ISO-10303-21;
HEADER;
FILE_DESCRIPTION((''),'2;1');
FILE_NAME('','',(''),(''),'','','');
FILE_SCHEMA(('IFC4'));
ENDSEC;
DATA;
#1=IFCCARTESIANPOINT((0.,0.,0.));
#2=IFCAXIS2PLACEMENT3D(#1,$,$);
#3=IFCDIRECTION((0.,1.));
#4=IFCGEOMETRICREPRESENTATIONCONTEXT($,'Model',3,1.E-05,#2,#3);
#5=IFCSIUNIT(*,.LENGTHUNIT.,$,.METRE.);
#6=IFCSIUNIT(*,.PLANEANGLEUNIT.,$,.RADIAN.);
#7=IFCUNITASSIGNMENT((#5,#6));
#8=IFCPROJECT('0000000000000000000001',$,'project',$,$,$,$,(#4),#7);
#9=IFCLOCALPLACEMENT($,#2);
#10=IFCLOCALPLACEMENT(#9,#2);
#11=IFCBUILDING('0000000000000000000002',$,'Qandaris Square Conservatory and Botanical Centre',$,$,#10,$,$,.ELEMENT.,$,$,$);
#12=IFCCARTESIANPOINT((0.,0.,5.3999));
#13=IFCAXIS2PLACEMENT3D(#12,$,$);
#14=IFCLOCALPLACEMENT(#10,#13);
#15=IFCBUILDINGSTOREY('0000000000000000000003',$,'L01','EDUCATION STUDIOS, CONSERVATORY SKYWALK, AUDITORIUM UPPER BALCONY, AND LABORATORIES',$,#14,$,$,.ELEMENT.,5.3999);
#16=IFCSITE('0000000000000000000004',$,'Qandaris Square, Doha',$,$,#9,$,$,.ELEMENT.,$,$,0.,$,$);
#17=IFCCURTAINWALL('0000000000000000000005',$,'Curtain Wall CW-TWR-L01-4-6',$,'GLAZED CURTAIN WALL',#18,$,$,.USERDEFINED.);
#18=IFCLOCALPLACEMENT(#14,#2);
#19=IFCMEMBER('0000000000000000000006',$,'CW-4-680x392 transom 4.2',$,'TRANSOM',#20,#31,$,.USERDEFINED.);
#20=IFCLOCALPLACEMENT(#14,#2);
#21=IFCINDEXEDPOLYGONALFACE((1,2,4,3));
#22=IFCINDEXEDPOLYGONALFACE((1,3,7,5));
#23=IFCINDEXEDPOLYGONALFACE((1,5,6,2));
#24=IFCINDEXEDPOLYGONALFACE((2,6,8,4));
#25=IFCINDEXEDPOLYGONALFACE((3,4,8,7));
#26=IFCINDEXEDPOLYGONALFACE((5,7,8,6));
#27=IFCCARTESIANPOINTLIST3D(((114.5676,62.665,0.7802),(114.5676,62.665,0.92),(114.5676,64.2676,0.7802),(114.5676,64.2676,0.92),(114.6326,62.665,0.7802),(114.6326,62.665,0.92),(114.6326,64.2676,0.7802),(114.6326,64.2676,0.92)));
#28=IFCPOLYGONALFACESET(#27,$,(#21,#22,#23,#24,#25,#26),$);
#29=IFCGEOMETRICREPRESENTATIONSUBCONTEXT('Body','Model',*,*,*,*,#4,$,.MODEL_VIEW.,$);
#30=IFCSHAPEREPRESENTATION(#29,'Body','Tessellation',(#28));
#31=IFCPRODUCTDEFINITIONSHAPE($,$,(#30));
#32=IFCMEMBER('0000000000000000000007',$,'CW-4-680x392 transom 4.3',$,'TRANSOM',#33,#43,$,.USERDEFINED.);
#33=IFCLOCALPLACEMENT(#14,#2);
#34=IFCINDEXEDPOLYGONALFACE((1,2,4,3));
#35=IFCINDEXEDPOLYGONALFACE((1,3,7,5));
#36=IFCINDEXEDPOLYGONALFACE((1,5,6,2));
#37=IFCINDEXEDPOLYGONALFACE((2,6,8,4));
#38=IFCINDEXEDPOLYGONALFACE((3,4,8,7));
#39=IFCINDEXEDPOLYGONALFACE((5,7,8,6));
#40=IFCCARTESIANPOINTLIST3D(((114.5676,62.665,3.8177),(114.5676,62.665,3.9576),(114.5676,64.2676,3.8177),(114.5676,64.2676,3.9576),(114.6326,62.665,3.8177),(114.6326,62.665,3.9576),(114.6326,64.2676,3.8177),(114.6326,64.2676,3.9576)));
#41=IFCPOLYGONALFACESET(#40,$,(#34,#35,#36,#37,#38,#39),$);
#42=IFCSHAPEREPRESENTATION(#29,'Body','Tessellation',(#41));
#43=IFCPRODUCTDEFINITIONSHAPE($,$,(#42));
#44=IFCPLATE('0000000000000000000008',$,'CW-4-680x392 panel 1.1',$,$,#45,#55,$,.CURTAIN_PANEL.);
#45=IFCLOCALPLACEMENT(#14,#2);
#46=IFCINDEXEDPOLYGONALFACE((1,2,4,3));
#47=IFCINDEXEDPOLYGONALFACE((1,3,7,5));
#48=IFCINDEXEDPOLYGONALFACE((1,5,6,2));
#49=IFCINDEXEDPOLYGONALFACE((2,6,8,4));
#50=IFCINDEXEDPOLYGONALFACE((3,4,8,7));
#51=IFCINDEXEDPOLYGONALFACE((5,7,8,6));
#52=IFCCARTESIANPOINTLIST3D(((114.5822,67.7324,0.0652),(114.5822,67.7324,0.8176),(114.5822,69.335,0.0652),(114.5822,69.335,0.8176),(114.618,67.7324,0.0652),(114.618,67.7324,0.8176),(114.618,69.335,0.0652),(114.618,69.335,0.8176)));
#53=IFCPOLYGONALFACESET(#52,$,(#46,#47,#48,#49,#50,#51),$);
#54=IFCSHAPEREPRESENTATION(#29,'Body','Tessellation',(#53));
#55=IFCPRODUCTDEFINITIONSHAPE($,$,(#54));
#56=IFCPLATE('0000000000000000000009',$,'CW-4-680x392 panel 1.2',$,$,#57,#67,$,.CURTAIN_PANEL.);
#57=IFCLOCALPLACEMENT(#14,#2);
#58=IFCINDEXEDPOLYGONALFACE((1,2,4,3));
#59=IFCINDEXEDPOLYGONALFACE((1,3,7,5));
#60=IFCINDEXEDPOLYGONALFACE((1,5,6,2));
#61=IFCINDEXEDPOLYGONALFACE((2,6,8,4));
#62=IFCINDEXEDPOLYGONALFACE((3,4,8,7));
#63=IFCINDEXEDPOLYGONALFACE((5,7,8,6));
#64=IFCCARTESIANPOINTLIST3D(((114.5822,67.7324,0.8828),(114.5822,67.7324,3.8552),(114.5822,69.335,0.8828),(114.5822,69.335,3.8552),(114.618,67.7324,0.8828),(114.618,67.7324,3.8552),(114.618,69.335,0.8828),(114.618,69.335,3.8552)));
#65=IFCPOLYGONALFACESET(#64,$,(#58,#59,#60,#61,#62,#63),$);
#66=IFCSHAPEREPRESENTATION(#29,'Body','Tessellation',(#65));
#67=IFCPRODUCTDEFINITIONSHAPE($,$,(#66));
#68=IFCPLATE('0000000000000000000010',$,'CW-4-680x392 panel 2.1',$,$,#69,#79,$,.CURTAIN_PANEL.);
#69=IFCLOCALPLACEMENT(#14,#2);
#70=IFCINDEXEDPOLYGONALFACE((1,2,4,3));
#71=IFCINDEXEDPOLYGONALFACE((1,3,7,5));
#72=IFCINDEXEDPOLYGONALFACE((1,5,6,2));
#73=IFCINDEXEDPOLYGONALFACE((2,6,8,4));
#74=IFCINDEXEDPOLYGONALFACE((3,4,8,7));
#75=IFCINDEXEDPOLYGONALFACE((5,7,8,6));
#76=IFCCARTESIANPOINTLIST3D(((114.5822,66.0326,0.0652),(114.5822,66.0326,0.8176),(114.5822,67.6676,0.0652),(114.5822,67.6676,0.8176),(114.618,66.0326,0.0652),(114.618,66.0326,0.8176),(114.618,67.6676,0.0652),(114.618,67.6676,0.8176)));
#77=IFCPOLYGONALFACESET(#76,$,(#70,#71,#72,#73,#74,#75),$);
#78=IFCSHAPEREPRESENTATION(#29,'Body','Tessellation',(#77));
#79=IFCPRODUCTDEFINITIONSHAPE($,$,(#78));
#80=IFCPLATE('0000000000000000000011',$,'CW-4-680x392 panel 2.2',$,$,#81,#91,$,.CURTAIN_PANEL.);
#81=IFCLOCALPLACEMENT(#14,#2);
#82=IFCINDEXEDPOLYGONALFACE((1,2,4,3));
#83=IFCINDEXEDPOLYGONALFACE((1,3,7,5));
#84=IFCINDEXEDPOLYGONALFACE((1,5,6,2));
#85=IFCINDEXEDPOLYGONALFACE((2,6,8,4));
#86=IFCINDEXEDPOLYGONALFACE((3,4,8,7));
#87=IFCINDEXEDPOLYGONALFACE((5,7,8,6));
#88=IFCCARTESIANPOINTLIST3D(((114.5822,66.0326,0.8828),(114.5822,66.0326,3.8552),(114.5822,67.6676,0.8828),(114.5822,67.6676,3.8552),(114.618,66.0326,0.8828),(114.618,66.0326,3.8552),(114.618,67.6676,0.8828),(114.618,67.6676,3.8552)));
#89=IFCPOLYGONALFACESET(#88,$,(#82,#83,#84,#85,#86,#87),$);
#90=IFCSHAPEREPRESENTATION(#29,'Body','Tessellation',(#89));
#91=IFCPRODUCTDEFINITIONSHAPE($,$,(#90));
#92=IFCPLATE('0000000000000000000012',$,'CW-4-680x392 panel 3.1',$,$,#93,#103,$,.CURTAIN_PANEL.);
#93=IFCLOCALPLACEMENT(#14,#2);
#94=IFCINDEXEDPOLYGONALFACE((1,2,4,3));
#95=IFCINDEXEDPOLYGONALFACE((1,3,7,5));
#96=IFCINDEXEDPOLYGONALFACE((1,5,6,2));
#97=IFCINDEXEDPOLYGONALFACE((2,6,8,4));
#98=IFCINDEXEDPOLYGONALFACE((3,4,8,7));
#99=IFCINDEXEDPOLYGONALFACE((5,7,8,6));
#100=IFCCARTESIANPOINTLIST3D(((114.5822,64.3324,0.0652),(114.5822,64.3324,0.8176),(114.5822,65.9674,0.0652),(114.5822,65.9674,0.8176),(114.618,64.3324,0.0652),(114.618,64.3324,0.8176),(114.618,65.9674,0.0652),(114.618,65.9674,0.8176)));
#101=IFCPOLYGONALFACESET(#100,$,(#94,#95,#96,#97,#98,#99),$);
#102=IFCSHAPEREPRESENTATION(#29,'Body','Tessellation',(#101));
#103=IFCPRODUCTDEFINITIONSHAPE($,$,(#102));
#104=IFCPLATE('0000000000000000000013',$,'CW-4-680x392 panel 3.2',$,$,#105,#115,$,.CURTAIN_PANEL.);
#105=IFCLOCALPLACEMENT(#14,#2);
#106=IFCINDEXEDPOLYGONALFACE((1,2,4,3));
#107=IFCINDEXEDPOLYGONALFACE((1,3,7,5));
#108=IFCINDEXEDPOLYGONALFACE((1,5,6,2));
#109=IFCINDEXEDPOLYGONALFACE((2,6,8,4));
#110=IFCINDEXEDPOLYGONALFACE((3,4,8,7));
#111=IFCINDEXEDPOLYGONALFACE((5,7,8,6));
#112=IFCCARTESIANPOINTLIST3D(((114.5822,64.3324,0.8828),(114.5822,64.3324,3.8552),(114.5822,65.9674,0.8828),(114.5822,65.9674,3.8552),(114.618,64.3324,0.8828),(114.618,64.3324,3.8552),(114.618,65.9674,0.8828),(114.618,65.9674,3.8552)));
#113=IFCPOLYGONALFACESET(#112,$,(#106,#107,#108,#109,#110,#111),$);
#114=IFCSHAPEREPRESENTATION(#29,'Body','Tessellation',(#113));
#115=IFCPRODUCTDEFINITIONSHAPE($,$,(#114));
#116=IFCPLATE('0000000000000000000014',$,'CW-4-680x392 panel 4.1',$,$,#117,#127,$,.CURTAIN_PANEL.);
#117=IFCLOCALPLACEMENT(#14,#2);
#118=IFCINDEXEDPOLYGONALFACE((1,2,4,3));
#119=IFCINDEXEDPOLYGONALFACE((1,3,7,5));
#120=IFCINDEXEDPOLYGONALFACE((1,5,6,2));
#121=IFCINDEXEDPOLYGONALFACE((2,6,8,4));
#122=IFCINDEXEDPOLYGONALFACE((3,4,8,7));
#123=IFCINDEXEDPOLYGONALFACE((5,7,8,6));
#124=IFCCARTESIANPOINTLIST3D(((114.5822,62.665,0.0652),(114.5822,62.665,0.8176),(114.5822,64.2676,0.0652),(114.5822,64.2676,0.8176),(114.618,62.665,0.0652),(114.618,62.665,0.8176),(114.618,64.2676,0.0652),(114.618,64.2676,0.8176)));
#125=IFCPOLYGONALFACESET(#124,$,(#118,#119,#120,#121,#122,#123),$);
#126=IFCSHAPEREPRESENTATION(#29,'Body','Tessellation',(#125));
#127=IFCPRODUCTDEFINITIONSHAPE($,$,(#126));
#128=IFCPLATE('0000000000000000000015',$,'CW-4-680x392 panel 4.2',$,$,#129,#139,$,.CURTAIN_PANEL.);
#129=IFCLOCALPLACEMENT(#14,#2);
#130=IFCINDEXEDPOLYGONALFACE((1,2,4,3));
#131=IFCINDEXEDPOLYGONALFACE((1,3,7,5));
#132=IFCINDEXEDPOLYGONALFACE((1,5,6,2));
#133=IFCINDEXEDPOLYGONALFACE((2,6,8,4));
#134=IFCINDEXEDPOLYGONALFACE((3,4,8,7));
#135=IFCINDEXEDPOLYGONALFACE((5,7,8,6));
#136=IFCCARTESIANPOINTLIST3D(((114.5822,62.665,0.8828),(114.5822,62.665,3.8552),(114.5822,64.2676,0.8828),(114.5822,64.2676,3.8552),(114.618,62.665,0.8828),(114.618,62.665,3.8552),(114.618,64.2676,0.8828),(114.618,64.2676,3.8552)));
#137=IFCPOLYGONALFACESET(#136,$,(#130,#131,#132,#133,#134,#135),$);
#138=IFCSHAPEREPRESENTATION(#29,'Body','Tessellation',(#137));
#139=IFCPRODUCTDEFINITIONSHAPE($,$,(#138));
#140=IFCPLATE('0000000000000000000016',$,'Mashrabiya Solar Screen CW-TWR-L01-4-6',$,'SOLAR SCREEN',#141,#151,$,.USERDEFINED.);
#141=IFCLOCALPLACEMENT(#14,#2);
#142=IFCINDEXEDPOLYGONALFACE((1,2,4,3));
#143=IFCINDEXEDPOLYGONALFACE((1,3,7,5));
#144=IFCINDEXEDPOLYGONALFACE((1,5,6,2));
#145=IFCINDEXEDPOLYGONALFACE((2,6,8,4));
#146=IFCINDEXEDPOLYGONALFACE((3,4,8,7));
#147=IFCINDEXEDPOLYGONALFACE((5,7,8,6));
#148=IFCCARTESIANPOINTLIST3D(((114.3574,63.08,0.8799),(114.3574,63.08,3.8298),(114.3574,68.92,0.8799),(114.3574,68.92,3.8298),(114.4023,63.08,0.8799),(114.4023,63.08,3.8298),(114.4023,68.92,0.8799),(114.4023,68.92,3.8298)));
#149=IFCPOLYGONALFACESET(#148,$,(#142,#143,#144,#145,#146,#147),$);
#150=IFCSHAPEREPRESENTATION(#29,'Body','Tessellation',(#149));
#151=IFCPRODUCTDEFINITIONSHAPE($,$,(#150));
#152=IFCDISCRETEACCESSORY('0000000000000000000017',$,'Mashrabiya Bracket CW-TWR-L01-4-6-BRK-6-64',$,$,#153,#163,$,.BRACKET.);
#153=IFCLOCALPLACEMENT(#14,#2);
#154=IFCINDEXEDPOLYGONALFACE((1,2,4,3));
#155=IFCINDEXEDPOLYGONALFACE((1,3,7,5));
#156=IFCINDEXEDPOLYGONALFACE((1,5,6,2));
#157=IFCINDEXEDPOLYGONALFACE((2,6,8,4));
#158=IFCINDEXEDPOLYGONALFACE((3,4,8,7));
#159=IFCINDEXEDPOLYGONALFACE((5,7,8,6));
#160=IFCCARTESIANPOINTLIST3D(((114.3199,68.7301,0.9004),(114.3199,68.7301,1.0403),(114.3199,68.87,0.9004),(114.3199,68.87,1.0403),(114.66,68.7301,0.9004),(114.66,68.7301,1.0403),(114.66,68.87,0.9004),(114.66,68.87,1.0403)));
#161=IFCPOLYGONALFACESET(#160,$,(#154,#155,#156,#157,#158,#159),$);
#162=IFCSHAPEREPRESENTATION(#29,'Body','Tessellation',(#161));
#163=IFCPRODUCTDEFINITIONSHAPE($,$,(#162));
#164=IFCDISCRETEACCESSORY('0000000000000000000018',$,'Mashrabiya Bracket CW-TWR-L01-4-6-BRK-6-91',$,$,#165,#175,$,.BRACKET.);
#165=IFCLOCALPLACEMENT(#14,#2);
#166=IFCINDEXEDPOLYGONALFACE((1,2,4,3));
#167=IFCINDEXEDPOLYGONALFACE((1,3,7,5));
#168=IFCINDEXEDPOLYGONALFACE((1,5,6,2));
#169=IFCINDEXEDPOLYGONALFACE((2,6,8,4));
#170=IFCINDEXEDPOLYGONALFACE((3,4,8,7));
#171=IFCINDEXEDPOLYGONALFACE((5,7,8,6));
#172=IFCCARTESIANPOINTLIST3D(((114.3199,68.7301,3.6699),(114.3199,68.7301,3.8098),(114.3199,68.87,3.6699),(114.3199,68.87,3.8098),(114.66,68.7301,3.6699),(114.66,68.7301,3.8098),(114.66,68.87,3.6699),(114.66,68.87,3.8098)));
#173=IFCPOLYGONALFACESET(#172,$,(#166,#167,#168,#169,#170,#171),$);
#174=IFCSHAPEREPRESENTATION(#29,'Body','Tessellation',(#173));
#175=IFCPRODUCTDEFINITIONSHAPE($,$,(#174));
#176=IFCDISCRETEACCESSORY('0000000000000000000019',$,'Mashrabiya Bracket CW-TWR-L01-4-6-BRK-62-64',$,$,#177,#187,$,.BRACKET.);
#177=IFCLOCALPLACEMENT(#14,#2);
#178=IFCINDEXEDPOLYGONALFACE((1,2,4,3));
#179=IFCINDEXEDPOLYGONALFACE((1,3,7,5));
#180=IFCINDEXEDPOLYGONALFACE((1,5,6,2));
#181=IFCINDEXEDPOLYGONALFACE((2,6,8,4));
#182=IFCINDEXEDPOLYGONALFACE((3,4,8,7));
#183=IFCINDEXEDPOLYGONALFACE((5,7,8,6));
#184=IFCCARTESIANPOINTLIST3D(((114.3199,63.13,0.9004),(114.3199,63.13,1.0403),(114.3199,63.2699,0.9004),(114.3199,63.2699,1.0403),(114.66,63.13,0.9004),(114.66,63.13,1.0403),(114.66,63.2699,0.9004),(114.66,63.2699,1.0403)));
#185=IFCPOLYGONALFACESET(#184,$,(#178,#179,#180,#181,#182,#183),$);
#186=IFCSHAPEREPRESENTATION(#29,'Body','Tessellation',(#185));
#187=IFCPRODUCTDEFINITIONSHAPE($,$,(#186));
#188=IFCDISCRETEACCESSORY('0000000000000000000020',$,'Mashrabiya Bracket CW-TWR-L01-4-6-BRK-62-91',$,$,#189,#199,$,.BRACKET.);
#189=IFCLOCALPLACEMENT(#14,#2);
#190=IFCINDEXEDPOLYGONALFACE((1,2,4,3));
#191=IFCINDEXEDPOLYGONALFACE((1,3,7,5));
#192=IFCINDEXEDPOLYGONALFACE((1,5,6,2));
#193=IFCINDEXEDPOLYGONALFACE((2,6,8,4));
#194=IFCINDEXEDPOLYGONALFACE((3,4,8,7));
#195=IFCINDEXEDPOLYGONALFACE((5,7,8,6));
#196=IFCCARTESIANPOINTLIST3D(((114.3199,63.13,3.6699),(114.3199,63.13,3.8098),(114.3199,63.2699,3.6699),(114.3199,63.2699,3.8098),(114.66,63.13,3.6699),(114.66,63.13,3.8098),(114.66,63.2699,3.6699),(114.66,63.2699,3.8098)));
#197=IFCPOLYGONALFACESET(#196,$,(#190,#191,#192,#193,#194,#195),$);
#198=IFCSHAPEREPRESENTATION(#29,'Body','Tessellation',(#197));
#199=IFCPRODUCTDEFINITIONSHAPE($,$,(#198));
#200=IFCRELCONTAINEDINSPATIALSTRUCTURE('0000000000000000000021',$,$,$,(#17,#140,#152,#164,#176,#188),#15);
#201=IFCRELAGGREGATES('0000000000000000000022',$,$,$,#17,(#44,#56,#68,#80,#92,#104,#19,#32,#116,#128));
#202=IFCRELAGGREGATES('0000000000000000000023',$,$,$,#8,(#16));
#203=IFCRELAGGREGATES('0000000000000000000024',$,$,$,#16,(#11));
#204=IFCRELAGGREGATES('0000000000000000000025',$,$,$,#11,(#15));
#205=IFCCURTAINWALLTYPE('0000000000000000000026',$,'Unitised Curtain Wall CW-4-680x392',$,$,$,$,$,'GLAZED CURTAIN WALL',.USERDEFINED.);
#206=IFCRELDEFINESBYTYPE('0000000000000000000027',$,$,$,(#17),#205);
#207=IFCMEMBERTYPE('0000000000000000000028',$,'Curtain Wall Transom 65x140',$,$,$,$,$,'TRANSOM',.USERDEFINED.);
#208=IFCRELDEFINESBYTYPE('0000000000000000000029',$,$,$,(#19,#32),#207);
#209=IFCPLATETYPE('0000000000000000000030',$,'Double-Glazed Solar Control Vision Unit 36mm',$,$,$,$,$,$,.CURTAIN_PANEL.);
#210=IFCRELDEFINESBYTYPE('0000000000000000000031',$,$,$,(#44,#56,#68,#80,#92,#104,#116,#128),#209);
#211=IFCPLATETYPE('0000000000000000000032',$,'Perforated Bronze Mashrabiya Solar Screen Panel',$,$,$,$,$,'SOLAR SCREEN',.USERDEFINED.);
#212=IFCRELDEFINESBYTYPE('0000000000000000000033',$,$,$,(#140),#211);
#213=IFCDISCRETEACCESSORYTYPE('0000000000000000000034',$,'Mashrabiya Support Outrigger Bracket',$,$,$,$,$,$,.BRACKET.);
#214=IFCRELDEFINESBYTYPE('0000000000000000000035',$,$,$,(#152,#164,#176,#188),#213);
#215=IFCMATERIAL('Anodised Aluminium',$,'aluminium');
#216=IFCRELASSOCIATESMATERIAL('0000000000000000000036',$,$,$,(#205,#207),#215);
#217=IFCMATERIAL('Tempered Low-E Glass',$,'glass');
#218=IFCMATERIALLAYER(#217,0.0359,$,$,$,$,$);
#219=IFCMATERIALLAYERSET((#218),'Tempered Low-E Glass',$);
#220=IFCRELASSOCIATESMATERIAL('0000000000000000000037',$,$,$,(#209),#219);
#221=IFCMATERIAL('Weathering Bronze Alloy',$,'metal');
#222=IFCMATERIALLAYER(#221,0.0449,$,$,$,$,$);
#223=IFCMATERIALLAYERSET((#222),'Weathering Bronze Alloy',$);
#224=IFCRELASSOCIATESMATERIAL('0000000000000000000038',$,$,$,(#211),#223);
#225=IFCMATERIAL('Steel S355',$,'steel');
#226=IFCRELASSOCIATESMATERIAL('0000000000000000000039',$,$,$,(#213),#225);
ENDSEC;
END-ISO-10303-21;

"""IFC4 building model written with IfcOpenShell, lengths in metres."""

from ifc_helpers import new_model, si_unit, direction, frame, origin, origin_2d, place, context, subcontext, project, spatial, rectangle, extrude, material, layer, layer_set, material_profile, profile_set, type_object, element, aggregate, save


model = new_model("IFC4")

# Units and contexts
model_context = context("Model", 3, precision=1e-05, world=origin(), true_north=direction((0.0, 1.0)))
body_context = subcontext(model_context, "Body", "Model", "MODEL_VIEW")
ifc_project = project(units=[si_unit("LENGTHUNIT", "METRE"), si_unit("PLANEANGLEUNIT", "RADIAN")], contexts=[model_context])

# Site, building, storey
site_placement = place(None, origin())
site = spatial("IfcSite", under=ifc_project, at=site_placement, Name="Qandaris Square, Doha", CompositionType="ELEMENT", RefElevation=0.0)
building_placement = place(site_placement, origin())
building = spatial("IfcBuilding", under=site, at=building_placement, Name="Qandaris Square Conservatory and Botanical Centre", CompositionType="ELEMENT")
storey_placement = place(building_placement, frame((0.0, 0.0, 5.3999)))
storey = spatial("IfcBuildingStorey", under=building, at=storey_placement, Name="L01", Description="EDUCATION STUDIOS, CONSERVATORY SKYWALK, AUDITORIUM UPPER BALCONY, AND LABORATORIES", CompositionType="ELEMENT", Elevation=5.3999)

# Curtain wall, members, plates
ifc_material_1 = material(Name="Anodised Aluminium", Category="aluminium")
curtain_wall_type = type_object("IfcCurtainWallType", Name="Unitised Curtain Wall CW-4-680x392", ElementType="GLAZED CURTAIN WALL", PredefinedType="USERDEFINED", material=ifc_material_1)
curtain_wall_placement = place(storey_placement, origin())
curtain_wall = element("IfcCurtainWall", 1, at=curtain_wall_placement, inside=storey, type_object=curtain_wall_type, Name="Curtain Wall CW-TWR-L01-4-6", ObjectType="GLAZED CURTAIN WALL", PredefinedType="USERDEFINED")
ifc_material_profile_1 = material_profile(ifc_material_1, rectangle(XDim=0.0649, YDim=0.1399, at=origin_2d()), Name="ALU-TRN 65x140")
ifc_profile_set_1 = profile_set([ifc_material_profile_1], Name="Anodised Aluminium")
member_type_1 = type_object("IfcMemberType", Name="Curtain Wall Transom 65x140", ElementType="TRANSOM", PredefinedType="USERDEFINED", material=ifc_profile_set_1)
member_1_placement = place(storey_placement, frame((114.6001, 64.2676, 0.8501), z_axis=(0.0, -1.0, 0.0), x_axis=(1.0, 0.0, 0.0)))
member_1 = element("IfcMember", 2, at=member_1_placement, type_object=member_type_1, Name="CW-4-680x392 transom 4.2", ObjectType="TRANSOM", PredefinedType="USERDEFINED", context=body_context, shape_type="SweptSolid", body=[
    extrude(rectangle(XDim=0.0649, YDim=0.1399, at=origin_2d()), origin(), (0.0, 0.0, 1.0), 1.6025),
])
member_2_placement = place(storey_placement, frame((114.6001, 64.2676, 3.8877), z_axis=(0.0, -1.0, 0.0), x_axis=(1.0, 0.0, 0.0)))
member_2 = element("IfcMember", 3, at=member_2_placement, type_object=member_type_1, Name="CW-4-680x392 transom 4.3", ObjectType="TRANSOM", PredefinedType="USERDEFINED", context=body_context, shape_type="SweptSolid", body=[
    extrude(rectangle(XDim=0.0649, YDim=0.1399, at=origin_2d()), origin(), (0.0, 0.0, 1.0), 1.6025),
])
ifc_material_2 = material(Name="Tempered Low-E Glass", Category="glass")
ifc_layer_1 = layer(ifc_material_2, 0.0359)
ifc_layer_set_1 = layer_set([ifc_layer_1], Name="Tempered Low-E Glass")
plate_type_1 = type_object("IfcPlateType", Name="Double-Glazed Solar Control Vision Unit 36mm", PredefinedType="CURTAIN_PANEL", material=ifc_layer_set_1)
plate_1_placement = place(storey_placement, frame((114.6001, 68.5337, 0.0652), z_axis=(0.0, 0.0, 1.0), x_axis=(0.0, -1.0, 0.0)))
plate_1 = element("IfcPlate", 4, at=plate_1_placement, type_object=plate_type_1, Name="CW-4-680x392 panel 1.1", PredefinedType="CURTAIN_PANEL", context=body_context, shape_type="SweptSolid", body=[
    extrude(rectangle(XDim=1.6025, YDim=0.0359, at=origin_2d()), origin(), (0.0, 0.0, 1.0), 0.7524),
])
plate_2_placement = place(storey_placement, frame((114.6001, 68.5337, 0.8828), z_axis=(0.0, 0.0, 1.0), x_axis=(0.0, -1.0, 0.0)))
plate_2 = element("IfcPlate", 5, at=plate_2_placement, type_object=plate_type_1, Name="CW-4-680x392 panel 1.2", PredefinedType="CURTAIN_PANEL", context=body_context, shape_type="SweptSolid", body=[
    extrude(rectangle(XDim=1.6025, YDim=0.0359, at=origin_2d()), origin(), (0.0, 0.0, 1.0), 2.9724),
])
plate_3_placement = place(storey_placement, frame((114.6001, 66.8501, 0.0652), z_axis=(0.0, 0.0, 1.0), x_axis=(0.0, -1.0, 0.0)))
plate_3 = element("IfcPlate", 6, at=plate_3_placement, type_object=plate_type_1, Name="CW-4-680x392 panel 2.1", PredefinedType="CURTAIN_PANEL", context=body_context, shape_type="SweptSolid", body=[
    extrude(rectangle(XDim=1.635, YDim=0.0359, at=origin_2d()), origin(), (0.0, 0.0, 1.0), 0.7524),
])
plate_4_placement = place(storey_placement, frame((114.6001, 66.8501, 0.8828), z_axis=(0.0, 0.0, 1.0), x_axis=(0.0, -1.0, 0.0)))
plate_4 = element("IfcPlate", 7, at=plate_4_placement, type_object=plate_type_1, Name="CW-4-680x392 panel 2.2", PredefinedType="CURTAIN_PANEL", context=body_context, shape_type="SweptSolid", body=[
    extrude(rectangle(XDim=1.635, YDim=0.0359, at=origin_2d()), origin(), (0.0, 0.0, 1.0), 2.9724),
])
plate_5_placement = place(storey_placement, frame((114.6001, 65.1499, 0.0652), z_axis=(0.0, 0.0, 1.0), x_axis=(0.0, -1.0, 0.0)))
plate_5 = element("IfcPlate", 8, at=plate_5_placement, type_object=plate_type_1, Name="CW-4-680x392 panel 3.1", PredefinedType="CURTAIN_PANEL", context=body_context, shape_type="SweptSolid", body=[
    extrude(rectangle(XDim=1.635, YDim=0.0359, at=origin_2d()), origin(), (0.0, 0.0, 1.0), 0.7524),
])
plate_6_placement = place(storey_placement, frame((114.6001, 65.1499, 0.8828), z_axis=(0.0, 0.0, 1.0), x_axis=(0.0, -1.0, 0.0)))
plate_6 = element("IfcPlate", 9, at=plate_6_placement, type_object=plate_type_1, Name="CW-4-680x392 panel 3.2", PredefinedType="CURTAIN_PANEL", context=body_context, shape_type="SweptSolid", body=[
    extrude(rectangle(XDim=1.635, YDim=0.0359, at=origin_2d()), origin(), (0.0, 0.0, 1.0), 2.9724),
])
plate_7_placement = place(storey_placement, frame((114.6001, 63.4663, 0.0652), z_axis=(0.0, 0.0, 1.0), x_axis=(0.0, -1.0, 0.0)))
plate_7 = element("IfcPlate", 10, at=plate_7_placement, type_object=plate_type_1, Name="CW-4-680x392 panel 4.1", PredefinedType="CURTAIN_PANEL", context=body_context, shape_type="SweptSolid", body=[
    extrude(rectangle(XDim=1.6025, YDim=0.0359, at=origin_2d()), origin(), (0.0, 0.0, 1.0), 0.7524),
])
plate_8_placement = place(storey_placement, frame((114.6001, 63.4663, 0.8828), z_axis=(0.0, 0.0, 1.0), x_axis=(0.0, -1.0, 0.0)))
plate_8 = element("IfcPlate", 11, at=plate_8_placement, type_object=plate_type_1, Name="CW-4-680x392 panel 4.2", PredefinedType="CURTAIN_PANEL", context=body_context, shape_type="SweptSolid", body=[
    extrude(rectangle(XDim=1.6025, YDim=0.0359, at=origin_2d()), origin(), (0.0, 0.0, 1.0), 2.9724),
])
aggregate(curtain_wall, [plate_1, plate_2, plate_3, plate_4, plate_5, plate_6, member_1, member_2, plate_7, plate_8])

# Plate
ifc_material_3 = material(Name="Weathering Bronze Alloy", Category="metal")
ifc_layer_2 = layer(ifc_material_3, 0.0449)
ifc_layer_set_2 = layer_set([ifc_layer_2], Name="Weathering Bronze Alloy")
plate_type_2 = type_object("IfcPlateType", Name="Perforated Bronze Mashrabiya Solar Screen Panel", ElementType="SOLAR SCREEN", PredefinedType="USERDEFINED", material=ifc_layer_set_2)
plate_9_placement = place(storey_placement, frame((114.3799, 66.0, 0.8799), z_axis=(0.0, 0.0, 1.0), x_axis=(0.0, -1.0, 0.0)))
element("IfcPlate", 12, at=plate_9_placement, inside=storey, type_object=plate_type_2, Name="Mashrabiya Solar Screen CW-TWR-L01-4-6", ObjectType="SOLAR SCREEN", PredefinedType="USERDEFINED", context=body_context, shape_type="SweptSolid", body=[
    extrude(rectangle(XDim=5.8401, YDim=0.0449, at=origin_2d()), origin(), (0.0, 0.0, 1.0), 2.95),
])

# Discrete accessories
ifc_material_4 = material(Name="Steel S355", Category="steel")
discrete_accessory_type = type_object("IfcDiscreteAccessoryType", Name="Mashrabiya Support Outrigger Bracket", PredefinedType="BRACKET", material=ifc_material_4)
for number, where, z_axis, x_axis, name in (
    (13, (114.49, 68.8, 0.9004), (0.0, 0.0, 1.0), (0.0, -1.0, 0.0), "Mashrabiya Bracket CW-TWR-L01-4-6-BRK-6-64"),
    (14, (114.49, 68.8, 3.6699), (0.0, 0.0, 1.0), (0.0, -1.0, 0.0), "Mashrabiya Bracket CW-TWR-L01-4-6-BRK-6-91"),
    (15, (114.49, 63.2, 0.9004), (0.0, 0.0, 1.0), (0.0, -1.0, 0.0), "Mashrabiya Bracket CW-TWR-L01-4-6-BRK-62-64"),
    (16, (114.49, 63.2, 3.6699), (0.0, 0.0, 1.0), (0.0, -1.0, 0.0), "Mashrabiya Bracket CW-TWR-L01-4-6-BRK-62-91"),
):
    element("IfcDiscreteAccessory", number, at=place(storey_placement, frame(where, z_axis=z_axis, x_axis=x_axis)), inside=storey, type_object=discrete_accessory_type, Name=name, PredefinedType="BRACKET", context=body_context, shape_type="SweptSolid", body=[
        extrude(rectangle(XDim=0.1399, YDim=0.3401, at=origin_2d()), origin(), (0.0, 0.0, 1.0), 0.1399),
    ])

save(model, "model.ifc")
